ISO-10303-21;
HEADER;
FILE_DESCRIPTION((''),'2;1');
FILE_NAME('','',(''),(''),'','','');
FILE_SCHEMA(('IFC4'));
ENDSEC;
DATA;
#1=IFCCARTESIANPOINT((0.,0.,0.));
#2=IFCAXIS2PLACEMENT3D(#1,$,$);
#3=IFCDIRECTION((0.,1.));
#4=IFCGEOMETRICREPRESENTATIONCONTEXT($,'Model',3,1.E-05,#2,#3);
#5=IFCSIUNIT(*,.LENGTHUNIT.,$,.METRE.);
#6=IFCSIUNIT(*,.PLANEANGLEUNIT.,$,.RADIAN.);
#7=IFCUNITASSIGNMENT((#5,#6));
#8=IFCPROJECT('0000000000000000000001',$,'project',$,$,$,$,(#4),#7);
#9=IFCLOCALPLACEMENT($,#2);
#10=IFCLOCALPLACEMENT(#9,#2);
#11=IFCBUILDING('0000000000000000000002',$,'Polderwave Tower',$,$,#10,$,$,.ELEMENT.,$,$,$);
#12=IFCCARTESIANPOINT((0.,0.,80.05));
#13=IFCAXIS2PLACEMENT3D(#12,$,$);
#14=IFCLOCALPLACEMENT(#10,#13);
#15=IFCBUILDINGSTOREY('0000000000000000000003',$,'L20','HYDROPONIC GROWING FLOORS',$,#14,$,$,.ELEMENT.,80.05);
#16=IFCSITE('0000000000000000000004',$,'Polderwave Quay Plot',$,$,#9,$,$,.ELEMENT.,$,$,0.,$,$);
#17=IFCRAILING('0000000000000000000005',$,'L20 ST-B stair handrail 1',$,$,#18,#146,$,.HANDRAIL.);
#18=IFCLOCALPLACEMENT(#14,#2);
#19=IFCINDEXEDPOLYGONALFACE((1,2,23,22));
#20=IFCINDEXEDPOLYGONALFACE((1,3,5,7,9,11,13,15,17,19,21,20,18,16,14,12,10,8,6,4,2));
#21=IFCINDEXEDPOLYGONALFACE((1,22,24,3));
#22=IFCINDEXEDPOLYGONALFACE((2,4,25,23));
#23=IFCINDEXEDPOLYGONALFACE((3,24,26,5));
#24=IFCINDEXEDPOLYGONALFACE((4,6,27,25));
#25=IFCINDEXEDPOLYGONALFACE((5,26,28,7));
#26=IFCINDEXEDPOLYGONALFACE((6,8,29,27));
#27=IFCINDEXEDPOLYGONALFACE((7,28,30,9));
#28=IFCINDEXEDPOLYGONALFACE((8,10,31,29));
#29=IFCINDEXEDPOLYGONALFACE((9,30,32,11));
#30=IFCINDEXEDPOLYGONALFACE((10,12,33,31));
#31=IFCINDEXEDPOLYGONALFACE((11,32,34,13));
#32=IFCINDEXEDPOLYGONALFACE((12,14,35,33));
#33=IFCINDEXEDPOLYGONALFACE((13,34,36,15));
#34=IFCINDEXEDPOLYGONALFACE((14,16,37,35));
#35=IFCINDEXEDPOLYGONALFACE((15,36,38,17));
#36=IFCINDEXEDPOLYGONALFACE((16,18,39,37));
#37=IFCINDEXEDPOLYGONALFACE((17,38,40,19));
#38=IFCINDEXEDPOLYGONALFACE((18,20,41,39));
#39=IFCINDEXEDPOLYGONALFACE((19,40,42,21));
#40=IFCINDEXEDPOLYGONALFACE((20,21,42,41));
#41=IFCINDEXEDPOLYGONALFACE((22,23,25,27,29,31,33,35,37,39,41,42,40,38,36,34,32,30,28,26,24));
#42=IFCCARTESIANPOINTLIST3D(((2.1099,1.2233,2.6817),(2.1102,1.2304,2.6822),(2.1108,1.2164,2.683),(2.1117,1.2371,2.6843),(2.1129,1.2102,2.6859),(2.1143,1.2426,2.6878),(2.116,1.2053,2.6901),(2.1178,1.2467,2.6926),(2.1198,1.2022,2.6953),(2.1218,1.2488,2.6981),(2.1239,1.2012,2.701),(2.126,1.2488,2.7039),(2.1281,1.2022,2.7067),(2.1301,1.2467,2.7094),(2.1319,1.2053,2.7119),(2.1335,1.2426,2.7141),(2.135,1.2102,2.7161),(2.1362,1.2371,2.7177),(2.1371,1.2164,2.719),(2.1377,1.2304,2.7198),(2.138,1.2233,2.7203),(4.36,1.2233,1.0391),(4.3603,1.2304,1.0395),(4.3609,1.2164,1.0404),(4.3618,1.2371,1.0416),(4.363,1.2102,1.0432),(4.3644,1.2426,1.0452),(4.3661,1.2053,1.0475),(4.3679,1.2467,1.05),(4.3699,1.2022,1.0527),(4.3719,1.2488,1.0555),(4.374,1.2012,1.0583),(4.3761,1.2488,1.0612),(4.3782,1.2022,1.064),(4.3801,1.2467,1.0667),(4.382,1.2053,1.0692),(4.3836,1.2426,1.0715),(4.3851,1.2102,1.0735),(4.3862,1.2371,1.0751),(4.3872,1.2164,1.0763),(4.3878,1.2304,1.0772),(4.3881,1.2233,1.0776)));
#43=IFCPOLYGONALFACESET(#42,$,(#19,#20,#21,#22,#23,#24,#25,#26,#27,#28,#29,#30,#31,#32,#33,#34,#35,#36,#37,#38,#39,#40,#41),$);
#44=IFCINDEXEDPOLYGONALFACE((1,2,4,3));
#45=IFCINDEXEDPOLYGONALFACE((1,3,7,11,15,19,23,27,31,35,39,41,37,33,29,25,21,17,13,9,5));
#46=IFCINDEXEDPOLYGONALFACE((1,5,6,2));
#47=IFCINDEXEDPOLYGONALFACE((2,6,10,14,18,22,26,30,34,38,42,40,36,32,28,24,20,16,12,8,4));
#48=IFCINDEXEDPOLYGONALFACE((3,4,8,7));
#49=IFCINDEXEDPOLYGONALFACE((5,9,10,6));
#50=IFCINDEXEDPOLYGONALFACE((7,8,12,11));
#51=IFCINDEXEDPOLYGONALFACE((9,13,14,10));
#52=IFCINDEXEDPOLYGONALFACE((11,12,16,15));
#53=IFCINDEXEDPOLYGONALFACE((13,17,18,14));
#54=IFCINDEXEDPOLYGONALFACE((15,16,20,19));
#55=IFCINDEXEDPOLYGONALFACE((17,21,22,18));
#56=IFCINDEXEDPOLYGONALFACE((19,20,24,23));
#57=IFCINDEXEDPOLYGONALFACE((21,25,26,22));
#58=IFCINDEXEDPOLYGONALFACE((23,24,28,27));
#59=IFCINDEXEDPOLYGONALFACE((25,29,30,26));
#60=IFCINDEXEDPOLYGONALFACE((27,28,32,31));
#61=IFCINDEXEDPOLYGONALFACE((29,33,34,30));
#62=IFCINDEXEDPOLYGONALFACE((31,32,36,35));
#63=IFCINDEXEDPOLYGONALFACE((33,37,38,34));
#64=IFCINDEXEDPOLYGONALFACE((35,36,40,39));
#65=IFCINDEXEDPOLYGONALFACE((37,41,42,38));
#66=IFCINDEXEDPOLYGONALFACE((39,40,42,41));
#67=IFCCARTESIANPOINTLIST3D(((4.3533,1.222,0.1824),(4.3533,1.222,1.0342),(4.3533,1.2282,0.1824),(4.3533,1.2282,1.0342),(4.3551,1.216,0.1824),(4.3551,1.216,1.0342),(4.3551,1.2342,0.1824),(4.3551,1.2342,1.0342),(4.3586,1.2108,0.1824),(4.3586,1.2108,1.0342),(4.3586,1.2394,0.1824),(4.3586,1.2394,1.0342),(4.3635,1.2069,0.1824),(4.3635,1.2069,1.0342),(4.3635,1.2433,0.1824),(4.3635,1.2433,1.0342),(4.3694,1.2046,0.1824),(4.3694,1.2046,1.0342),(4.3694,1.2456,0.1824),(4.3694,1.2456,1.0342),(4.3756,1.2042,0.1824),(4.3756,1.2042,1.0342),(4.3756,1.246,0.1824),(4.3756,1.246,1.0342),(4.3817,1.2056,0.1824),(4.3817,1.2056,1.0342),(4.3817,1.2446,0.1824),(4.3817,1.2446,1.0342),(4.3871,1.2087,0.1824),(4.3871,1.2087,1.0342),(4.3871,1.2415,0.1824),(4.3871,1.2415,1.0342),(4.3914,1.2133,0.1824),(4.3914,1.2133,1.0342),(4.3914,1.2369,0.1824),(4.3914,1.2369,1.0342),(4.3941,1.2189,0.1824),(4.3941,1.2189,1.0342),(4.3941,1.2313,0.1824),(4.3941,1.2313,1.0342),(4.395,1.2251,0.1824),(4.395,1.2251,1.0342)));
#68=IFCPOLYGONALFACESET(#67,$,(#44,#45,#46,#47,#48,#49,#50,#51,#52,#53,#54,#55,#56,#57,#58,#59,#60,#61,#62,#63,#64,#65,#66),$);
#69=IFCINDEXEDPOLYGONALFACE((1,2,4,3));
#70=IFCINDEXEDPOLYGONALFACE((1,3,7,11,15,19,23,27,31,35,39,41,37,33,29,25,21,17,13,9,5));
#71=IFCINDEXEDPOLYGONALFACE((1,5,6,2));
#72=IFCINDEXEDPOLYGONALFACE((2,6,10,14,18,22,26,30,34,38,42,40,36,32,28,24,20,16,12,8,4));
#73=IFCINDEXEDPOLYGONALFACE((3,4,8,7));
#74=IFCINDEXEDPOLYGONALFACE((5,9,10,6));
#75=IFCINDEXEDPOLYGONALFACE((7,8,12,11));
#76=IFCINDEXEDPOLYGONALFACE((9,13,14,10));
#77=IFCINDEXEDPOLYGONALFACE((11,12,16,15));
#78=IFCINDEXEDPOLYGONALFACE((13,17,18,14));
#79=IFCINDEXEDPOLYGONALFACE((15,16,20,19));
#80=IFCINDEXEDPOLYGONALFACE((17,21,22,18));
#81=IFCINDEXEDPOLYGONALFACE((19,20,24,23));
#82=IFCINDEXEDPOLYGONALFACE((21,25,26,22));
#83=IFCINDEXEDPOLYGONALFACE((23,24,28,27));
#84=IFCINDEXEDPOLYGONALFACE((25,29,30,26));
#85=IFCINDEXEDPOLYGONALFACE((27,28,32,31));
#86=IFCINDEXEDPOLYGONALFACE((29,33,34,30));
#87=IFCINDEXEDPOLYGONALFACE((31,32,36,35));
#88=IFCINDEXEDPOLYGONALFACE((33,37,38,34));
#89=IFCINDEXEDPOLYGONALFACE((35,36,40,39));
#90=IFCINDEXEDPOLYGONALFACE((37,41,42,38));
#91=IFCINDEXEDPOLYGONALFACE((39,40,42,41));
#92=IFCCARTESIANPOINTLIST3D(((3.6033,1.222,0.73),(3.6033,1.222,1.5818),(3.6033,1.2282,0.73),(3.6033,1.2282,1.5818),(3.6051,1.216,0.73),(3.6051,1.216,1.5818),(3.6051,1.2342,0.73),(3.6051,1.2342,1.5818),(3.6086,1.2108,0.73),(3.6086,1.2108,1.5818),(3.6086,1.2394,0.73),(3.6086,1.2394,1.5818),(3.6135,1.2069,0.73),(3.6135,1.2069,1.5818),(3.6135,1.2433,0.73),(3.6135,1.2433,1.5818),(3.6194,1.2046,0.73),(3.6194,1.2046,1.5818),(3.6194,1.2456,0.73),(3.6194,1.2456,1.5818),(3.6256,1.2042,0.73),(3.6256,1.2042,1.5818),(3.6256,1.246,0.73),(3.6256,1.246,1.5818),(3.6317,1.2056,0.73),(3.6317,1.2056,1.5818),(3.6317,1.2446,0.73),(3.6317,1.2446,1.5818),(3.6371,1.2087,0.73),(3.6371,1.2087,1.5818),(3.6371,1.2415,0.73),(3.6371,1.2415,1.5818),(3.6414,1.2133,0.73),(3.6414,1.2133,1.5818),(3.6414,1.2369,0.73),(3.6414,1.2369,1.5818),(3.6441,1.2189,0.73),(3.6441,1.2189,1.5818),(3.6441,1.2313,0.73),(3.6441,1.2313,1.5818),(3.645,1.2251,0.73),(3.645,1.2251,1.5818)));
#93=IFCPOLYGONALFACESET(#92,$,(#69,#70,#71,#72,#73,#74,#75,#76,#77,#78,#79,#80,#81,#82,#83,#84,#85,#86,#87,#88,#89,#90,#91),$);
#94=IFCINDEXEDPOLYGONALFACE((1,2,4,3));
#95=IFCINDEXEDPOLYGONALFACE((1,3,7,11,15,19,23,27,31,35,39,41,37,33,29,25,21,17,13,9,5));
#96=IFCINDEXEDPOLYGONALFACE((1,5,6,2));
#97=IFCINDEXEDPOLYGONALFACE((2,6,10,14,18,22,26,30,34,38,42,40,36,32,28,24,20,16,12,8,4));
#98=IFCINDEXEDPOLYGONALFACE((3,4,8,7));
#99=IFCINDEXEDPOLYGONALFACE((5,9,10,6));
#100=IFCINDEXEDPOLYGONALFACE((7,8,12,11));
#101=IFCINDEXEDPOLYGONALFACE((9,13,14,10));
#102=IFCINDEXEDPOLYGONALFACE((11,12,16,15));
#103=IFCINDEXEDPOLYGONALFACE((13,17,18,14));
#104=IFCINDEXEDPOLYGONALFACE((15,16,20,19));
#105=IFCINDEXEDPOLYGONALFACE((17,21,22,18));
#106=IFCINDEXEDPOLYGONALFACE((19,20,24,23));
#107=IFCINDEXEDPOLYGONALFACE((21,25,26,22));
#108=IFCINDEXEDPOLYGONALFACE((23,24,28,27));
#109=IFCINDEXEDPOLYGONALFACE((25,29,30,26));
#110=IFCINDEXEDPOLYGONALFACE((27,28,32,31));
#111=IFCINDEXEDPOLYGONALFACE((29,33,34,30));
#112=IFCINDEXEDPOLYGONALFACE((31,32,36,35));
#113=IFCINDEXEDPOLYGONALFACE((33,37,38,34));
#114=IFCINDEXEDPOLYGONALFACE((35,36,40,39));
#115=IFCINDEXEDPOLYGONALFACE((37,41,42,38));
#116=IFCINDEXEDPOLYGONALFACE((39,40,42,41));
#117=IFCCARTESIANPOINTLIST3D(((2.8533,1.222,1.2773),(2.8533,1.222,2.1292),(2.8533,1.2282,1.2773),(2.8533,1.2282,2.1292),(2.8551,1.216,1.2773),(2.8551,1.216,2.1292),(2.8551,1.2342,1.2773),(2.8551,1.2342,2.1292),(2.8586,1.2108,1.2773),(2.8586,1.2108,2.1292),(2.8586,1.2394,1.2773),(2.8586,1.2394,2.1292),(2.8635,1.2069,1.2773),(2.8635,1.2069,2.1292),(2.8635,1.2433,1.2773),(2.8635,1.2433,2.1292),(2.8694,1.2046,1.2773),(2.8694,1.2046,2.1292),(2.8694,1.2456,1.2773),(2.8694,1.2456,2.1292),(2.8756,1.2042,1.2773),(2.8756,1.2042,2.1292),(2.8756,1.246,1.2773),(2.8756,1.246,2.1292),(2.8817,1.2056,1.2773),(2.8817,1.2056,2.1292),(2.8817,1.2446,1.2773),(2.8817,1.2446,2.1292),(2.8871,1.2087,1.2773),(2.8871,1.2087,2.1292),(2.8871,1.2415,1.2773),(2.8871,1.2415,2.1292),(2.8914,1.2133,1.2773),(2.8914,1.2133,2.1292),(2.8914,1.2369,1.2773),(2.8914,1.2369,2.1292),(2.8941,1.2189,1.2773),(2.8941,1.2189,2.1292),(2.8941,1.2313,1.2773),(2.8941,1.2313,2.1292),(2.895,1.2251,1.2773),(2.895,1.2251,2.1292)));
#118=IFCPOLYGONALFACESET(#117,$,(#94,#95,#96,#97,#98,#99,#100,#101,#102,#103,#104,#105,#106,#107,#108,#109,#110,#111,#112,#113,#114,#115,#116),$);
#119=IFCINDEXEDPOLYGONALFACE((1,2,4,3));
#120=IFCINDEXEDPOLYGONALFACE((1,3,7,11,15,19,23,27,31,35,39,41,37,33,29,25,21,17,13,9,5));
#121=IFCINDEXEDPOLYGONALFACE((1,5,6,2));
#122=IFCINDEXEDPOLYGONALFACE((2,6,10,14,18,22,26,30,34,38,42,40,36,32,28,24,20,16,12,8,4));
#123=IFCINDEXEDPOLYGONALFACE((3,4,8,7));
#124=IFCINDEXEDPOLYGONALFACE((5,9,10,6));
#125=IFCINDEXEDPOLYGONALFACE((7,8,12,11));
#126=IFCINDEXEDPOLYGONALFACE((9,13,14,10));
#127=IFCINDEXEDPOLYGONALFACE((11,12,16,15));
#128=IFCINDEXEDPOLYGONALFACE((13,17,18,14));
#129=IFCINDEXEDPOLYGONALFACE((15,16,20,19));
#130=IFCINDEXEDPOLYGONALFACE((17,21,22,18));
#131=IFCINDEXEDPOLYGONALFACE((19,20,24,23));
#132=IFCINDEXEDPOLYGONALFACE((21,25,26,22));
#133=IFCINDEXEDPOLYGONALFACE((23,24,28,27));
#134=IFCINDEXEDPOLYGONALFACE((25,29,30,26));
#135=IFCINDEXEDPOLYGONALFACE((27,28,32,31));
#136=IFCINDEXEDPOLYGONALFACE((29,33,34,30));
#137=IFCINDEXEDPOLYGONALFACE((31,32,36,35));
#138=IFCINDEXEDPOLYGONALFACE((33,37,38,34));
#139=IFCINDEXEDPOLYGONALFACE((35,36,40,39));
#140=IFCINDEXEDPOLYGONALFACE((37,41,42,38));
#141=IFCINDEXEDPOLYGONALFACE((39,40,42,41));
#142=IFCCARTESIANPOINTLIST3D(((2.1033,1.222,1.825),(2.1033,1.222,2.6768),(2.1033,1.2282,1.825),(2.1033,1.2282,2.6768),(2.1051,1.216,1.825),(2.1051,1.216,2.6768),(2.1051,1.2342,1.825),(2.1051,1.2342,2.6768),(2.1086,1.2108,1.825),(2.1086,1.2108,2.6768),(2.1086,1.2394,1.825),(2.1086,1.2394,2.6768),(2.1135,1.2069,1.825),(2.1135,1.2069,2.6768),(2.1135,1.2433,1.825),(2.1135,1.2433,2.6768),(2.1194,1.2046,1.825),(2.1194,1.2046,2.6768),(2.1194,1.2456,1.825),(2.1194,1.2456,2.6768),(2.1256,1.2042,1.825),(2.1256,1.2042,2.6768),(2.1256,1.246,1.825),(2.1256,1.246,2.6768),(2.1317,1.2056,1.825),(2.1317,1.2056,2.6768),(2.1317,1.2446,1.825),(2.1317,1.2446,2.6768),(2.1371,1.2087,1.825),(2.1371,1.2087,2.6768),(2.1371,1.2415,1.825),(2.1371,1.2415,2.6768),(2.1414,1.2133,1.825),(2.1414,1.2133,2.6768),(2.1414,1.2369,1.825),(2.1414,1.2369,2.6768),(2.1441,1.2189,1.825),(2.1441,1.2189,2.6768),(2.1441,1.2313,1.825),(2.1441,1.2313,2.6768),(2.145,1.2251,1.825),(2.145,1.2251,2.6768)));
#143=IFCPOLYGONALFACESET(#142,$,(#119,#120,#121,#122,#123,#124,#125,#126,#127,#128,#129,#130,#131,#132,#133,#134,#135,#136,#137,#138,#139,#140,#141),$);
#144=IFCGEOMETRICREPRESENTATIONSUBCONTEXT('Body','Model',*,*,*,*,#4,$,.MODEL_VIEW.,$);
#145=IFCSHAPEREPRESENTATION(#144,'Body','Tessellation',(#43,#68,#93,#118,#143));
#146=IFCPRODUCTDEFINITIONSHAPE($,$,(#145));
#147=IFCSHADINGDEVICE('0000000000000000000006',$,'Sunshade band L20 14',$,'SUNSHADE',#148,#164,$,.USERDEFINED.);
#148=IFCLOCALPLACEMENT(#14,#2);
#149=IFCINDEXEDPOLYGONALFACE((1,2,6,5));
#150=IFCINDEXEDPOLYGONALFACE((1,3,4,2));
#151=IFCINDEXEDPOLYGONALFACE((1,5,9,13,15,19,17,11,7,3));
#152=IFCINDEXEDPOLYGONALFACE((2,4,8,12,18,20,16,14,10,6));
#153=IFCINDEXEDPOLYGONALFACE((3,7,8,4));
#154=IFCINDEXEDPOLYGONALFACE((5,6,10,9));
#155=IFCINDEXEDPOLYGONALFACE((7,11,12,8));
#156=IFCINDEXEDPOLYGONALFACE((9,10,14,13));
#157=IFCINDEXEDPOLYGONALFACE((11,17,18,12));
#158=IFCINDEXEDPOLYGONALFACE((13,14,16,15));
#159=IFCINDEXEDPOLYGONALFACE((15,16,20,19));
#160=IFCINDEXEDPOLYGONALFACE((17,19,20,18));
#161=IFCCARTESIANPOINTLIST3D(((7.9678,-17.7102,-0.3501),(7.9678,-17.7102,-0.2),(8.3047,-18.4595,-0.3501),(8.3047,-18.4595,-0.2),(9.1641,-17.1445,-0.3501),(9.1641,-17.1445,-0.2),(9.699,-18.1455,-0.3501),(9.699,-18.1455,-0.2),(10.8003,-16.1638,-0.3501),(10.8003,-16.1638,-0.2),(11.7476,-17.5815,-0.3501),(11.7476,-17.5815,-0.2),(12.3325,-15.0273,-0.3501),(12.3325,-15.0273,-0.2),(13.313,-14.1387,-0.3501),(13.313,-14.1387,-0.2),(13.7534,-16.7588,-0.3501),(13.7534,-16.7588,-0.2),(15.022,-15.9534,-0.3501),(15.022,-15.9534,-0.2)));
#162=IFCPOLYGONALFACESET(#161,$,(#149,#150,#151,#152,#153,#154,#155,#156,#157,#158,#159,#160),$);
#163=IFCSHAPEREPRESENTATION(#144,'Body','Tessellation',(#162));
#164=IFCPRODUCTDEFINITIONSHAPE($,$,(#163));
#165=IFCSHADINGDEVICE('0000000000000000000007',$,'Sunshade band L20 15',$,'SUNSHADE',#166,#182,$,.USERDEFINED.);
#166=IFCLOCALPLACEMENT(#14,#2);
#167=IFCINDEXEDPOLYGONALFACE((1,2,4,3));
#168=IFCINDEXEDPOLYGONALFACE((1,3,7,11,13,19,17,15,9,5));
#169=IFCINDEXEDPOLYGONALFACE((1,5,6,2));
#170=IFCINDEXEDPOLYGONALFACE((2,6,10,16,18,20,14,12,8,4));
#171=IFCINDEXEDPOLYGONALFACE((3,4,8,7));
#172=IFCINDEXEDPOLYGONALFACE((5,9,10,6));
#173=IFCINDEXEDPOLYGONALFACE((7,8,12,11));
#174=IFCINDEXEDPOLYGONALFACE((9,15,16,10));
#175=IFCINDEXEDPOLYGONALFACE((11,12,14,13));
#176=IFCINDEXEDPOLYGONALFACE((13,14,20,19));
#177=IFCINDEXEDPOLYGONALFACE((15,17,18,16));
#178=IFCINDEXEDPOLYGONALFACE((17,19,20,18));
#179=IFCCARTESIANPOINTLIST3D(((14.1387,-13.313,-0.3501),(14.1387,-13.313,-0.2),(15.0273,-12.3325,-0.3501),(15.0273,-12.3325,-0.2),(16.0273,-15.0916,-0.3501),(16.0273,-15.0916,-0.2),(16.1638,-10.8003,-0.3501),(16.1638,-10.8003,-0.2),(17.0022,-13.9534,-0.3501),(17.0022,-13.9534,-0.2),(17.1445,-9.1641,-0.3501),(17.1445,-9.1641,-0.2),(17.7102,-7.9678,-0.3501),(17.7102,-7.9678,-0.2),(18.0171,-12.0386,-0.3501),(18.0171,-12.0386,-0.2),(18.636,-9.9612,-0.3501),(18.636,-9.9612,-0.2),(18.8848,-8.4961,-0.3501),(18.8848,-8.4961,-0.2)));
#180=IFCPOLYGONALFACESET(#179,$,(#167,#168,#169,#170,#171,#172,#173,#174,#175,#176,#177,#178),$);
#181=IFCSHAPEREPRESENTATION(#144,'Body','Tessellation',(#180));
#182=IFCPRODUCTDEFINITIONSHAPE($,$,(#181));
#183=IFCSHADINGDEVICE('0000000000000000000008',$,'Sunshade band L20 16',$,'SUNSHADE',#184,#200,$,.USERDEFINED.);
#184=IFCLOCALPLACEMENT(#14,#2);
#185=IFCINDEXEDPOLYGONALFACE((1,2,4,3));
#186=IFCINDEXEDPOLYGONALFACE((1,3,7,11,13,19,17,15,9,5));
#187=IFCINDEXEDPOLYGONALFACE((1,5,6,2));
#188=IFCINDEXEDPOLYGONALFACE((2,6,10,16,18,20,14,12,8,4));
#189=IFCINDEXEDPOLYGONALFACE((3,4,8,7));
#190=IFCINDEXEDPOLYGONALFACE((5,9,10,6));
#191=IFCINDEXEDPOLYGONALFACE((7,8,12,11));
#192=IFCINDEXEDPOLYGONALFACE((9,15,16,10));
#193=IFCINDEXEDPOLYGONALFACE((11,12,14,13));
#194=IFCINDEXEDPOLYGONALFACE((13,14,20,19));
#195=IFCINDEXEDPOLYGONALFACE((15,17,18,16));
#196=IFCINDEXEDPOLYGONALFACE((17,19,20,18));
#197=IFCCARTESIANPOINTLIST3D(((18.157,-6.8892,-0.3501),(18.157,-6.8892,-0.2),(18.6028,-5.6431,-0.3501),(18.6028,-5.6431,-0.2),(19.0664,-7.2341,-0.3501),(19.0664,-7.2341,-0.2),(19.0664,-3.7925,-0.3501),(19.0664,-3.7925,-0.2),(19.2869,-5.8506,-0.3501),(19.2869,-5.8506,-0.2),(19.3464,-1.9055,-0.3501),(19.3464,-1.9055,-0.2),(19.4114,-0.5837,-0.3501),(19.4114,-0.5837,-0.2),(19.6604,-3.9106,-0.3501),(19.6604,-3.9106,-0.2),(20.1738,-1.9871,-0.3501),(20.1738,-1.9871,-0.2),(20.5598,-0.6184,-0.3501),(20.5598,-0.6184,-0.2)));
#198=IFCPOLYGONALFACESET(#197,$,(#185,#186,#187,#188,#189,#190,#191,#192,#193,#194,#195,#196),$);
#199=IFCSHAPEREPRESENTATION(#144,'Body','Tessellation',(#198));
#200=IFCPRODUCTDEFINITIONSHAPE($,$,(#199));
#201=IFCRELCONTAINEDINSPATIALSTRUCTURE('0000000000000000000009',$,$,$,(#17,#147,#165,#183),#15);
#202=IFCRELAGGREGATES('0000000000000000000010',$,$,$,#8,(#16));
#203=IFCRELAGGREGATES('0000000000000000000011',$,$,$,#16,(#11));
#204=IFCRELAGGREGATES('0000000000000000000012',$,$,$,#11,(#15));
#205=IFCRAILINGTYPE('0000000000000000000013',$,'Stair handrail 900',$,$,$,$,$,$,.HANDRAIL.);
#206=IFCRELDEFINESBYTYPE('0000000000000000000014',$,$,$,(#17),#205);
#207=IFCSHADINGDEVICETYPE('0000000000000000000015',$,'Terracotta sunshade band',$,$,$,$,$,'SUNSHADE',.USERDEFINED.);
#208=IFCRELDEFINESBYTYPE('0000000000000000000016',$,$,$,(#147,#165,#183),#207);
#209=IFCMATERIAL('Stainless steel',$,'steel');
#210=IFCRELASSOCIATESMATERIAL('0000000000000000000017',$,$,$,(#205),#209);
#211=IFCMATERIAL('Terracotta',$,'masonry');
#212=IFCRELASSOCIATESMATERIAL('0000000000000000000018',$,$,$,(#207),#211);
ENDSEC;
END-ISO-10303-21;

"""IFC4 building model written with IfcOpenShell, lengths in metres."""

from ifc_helpers import new_model, si_unit, direction, frame, origin, origin_2d, place, context, subcontext, project, spatial, polyline, circle, outline, extrude, material, type_object, element, save


model = new_model("IFC4")

# Units and contexts
model_context = context("Model", 3, precision=1e-05, world=origin(), true_north=direction((0.0, 1.0)))
body_context = subcontext(model_context, "Body", "Model", "MODEL_VIEW")
ifc_project = project(units=[si_unit("LENGTHUNIT", "METRE"), si_unit("PLANEANGLEUNIT", "RADIAN")], contexts=[model_context])

# Site, building, storey
site_placement = place(None, origin())
site = spatial("IfcSite", under=ifc_project, at=site_placement, Name="Polderwave Quay Plot", CompositionType="ELEMENT", RefElevation=0.0)
building_placement = place(site_placement, origin())
building = spatial("IfcBuilding", under=site, at=building_placement, Name="Polderwave Tower", CompositionType="ELEMENT")
storey_placement = place(building_placement, frame((0.0, 0.0, 80.05)))
storey = spatial("IfcBuildingStorey", under=building, at=storey_placement, Name="L20", Description="HYDROPONIC GROWING FLOORS", CompositionType="ELEMENT", Elevation=80.05)

# Railing
ifc_material_1 = material(Name="Stainless steel", Category="steel")
railing_type_1 = type_object("IfcRailingType", Name="Stair handrail 900", PredefinedType="HANDRAIL", material=ifc_material_1)
railing_1_placement = place(storey_placement, frame((4.374, 1.2251, 0.1824)))
element("IfcRailing", 1, at=railing_1_placement, inside=storey, type_object=railing_type_1, Name="L20 ST-B stair handrail 1", PredefinedType="HANDRAIL", context=body_context, shape_type="SweptSolid", body=[
    extrude(circle(Radius=0.0239, at=origin_2d()), frame((0.0, 0.0, 0.876), z_axis=(-0.807674, 0.0, 0.58963), x_axis=(0.0, -1.0, 0.0)), (0.0, 0.0, 1.0), 2.7859),
    extrude(circle(Radius=0.021, at=origin_2d()), origin(), (0.0, 0.0, 1.0), 0.8518),
    extrude(circle(Radius=0.021, at=origin_2d()), frame((-0.75, 0.0, 0.5476)), (0.0, 0.0, 1.0), 0.8518),
    extrude(circle(Radius=0.021, at=origin_2d()), frame((-1.5, 0.0, 1.095)), (0.0, 0.0, 1.0), 0.8518),
    extrude(circle(Radius=0.021, at=origin_2d()), frame((-2.25, 0.0, 1.6426)), (0.0, 0.0, 1.0), 0.8518),
])

# Shading devices
ifc_material_2 = material(Name="Terracotta", Category="masonry")
shading_device_type = type_object("IfcShadingDeviceType", Name="Terracotta sunshade band", ElementType="SUNSHADE", PredefinedType="USERDEFINED", material=ifc_material_2)
shading_device_1_placement = place(storey_placement, frame((0.0, 0.0, -0.3501)))
element("IfcShadingDevice", 2, at=shading_device_1_placement, inside=storey, type_object=shading_device_type, Name="Sunshade band L20 14", ObjectType="SUNSHADE", PredefinedType="USERDEFINED", context=body_context, shape_type="SweptSolid", body=[
    extrude(outline(polyline([(7.9678, -17.7102), (9.1641, -17.1445), (10.8003, -16.1638), (12.3325, -15.0273), (13.313, -14.1387), (15.022, -15.9534), (13.7534, -16.7588), (11.7476, -17.5815), (9.699, -18.1455), (8.3047, -18.4595), (7.9678, -17.7102)])), origin(), (0.0, 0.0, 1.0), 0.1501),
])
shading_device_2_placement = place(storey_placement, frame((0.0, 0.0, -0.3501)))
element("IfcShadingDevice", 3, at=shading_device_2_placement, inside=storey, type_object=shading_device_type, Name="Sunshade band L20 15", ObjectType="SUNSHADE", PredefinedType="USERDEFINED", context=body_context, shape_type="SweptSolid", body=[
    extrude(outline(polyline([(14.1387, -13.313), (15.0273, -12.3325), (16.1638, -10.8003), (17.1445, -9.1641), (17.7102, -7.9678), (18.8848, -8.4961), (18.636, -9.9612), (18.0171, -12.0386), (17.0022, -13.9534), (16.0273, -15.0916), (14.1387, -13.313)])), origin(), (0.0, 0.0, 1.0), 0.1501),
])
shading_device_3_placement = place(storey_placement, frame((0.0, 0.0, -0.3501)))
element("IfcShadingDevice", 4, at=shading_device_3_placement, inside=storey, type_object=shading_device_type, Name="Sunshade band L20 16", ObjectType="SUNSHADE", PredefinedType="USERDEFINED", context=body_context, shape_type="SweptSolid", body=[
    extrude(outline(polyline([(18.157, -6.8892), (18.6028, -5.6431), (19.0664, -3.7925), (19.3464, -1.9055), (19.4114, -0.5837), (20.5598, -0.6184), (20.1738, -1.9871), (19.6604, -3.9106), (19.2869, -5.8506), (19.0664, -7.2341), (18.157, -6.8892)])), origin(), (0.0, 0.0, 1.0), 0.1501),
])

save(model, "model.ifc")
